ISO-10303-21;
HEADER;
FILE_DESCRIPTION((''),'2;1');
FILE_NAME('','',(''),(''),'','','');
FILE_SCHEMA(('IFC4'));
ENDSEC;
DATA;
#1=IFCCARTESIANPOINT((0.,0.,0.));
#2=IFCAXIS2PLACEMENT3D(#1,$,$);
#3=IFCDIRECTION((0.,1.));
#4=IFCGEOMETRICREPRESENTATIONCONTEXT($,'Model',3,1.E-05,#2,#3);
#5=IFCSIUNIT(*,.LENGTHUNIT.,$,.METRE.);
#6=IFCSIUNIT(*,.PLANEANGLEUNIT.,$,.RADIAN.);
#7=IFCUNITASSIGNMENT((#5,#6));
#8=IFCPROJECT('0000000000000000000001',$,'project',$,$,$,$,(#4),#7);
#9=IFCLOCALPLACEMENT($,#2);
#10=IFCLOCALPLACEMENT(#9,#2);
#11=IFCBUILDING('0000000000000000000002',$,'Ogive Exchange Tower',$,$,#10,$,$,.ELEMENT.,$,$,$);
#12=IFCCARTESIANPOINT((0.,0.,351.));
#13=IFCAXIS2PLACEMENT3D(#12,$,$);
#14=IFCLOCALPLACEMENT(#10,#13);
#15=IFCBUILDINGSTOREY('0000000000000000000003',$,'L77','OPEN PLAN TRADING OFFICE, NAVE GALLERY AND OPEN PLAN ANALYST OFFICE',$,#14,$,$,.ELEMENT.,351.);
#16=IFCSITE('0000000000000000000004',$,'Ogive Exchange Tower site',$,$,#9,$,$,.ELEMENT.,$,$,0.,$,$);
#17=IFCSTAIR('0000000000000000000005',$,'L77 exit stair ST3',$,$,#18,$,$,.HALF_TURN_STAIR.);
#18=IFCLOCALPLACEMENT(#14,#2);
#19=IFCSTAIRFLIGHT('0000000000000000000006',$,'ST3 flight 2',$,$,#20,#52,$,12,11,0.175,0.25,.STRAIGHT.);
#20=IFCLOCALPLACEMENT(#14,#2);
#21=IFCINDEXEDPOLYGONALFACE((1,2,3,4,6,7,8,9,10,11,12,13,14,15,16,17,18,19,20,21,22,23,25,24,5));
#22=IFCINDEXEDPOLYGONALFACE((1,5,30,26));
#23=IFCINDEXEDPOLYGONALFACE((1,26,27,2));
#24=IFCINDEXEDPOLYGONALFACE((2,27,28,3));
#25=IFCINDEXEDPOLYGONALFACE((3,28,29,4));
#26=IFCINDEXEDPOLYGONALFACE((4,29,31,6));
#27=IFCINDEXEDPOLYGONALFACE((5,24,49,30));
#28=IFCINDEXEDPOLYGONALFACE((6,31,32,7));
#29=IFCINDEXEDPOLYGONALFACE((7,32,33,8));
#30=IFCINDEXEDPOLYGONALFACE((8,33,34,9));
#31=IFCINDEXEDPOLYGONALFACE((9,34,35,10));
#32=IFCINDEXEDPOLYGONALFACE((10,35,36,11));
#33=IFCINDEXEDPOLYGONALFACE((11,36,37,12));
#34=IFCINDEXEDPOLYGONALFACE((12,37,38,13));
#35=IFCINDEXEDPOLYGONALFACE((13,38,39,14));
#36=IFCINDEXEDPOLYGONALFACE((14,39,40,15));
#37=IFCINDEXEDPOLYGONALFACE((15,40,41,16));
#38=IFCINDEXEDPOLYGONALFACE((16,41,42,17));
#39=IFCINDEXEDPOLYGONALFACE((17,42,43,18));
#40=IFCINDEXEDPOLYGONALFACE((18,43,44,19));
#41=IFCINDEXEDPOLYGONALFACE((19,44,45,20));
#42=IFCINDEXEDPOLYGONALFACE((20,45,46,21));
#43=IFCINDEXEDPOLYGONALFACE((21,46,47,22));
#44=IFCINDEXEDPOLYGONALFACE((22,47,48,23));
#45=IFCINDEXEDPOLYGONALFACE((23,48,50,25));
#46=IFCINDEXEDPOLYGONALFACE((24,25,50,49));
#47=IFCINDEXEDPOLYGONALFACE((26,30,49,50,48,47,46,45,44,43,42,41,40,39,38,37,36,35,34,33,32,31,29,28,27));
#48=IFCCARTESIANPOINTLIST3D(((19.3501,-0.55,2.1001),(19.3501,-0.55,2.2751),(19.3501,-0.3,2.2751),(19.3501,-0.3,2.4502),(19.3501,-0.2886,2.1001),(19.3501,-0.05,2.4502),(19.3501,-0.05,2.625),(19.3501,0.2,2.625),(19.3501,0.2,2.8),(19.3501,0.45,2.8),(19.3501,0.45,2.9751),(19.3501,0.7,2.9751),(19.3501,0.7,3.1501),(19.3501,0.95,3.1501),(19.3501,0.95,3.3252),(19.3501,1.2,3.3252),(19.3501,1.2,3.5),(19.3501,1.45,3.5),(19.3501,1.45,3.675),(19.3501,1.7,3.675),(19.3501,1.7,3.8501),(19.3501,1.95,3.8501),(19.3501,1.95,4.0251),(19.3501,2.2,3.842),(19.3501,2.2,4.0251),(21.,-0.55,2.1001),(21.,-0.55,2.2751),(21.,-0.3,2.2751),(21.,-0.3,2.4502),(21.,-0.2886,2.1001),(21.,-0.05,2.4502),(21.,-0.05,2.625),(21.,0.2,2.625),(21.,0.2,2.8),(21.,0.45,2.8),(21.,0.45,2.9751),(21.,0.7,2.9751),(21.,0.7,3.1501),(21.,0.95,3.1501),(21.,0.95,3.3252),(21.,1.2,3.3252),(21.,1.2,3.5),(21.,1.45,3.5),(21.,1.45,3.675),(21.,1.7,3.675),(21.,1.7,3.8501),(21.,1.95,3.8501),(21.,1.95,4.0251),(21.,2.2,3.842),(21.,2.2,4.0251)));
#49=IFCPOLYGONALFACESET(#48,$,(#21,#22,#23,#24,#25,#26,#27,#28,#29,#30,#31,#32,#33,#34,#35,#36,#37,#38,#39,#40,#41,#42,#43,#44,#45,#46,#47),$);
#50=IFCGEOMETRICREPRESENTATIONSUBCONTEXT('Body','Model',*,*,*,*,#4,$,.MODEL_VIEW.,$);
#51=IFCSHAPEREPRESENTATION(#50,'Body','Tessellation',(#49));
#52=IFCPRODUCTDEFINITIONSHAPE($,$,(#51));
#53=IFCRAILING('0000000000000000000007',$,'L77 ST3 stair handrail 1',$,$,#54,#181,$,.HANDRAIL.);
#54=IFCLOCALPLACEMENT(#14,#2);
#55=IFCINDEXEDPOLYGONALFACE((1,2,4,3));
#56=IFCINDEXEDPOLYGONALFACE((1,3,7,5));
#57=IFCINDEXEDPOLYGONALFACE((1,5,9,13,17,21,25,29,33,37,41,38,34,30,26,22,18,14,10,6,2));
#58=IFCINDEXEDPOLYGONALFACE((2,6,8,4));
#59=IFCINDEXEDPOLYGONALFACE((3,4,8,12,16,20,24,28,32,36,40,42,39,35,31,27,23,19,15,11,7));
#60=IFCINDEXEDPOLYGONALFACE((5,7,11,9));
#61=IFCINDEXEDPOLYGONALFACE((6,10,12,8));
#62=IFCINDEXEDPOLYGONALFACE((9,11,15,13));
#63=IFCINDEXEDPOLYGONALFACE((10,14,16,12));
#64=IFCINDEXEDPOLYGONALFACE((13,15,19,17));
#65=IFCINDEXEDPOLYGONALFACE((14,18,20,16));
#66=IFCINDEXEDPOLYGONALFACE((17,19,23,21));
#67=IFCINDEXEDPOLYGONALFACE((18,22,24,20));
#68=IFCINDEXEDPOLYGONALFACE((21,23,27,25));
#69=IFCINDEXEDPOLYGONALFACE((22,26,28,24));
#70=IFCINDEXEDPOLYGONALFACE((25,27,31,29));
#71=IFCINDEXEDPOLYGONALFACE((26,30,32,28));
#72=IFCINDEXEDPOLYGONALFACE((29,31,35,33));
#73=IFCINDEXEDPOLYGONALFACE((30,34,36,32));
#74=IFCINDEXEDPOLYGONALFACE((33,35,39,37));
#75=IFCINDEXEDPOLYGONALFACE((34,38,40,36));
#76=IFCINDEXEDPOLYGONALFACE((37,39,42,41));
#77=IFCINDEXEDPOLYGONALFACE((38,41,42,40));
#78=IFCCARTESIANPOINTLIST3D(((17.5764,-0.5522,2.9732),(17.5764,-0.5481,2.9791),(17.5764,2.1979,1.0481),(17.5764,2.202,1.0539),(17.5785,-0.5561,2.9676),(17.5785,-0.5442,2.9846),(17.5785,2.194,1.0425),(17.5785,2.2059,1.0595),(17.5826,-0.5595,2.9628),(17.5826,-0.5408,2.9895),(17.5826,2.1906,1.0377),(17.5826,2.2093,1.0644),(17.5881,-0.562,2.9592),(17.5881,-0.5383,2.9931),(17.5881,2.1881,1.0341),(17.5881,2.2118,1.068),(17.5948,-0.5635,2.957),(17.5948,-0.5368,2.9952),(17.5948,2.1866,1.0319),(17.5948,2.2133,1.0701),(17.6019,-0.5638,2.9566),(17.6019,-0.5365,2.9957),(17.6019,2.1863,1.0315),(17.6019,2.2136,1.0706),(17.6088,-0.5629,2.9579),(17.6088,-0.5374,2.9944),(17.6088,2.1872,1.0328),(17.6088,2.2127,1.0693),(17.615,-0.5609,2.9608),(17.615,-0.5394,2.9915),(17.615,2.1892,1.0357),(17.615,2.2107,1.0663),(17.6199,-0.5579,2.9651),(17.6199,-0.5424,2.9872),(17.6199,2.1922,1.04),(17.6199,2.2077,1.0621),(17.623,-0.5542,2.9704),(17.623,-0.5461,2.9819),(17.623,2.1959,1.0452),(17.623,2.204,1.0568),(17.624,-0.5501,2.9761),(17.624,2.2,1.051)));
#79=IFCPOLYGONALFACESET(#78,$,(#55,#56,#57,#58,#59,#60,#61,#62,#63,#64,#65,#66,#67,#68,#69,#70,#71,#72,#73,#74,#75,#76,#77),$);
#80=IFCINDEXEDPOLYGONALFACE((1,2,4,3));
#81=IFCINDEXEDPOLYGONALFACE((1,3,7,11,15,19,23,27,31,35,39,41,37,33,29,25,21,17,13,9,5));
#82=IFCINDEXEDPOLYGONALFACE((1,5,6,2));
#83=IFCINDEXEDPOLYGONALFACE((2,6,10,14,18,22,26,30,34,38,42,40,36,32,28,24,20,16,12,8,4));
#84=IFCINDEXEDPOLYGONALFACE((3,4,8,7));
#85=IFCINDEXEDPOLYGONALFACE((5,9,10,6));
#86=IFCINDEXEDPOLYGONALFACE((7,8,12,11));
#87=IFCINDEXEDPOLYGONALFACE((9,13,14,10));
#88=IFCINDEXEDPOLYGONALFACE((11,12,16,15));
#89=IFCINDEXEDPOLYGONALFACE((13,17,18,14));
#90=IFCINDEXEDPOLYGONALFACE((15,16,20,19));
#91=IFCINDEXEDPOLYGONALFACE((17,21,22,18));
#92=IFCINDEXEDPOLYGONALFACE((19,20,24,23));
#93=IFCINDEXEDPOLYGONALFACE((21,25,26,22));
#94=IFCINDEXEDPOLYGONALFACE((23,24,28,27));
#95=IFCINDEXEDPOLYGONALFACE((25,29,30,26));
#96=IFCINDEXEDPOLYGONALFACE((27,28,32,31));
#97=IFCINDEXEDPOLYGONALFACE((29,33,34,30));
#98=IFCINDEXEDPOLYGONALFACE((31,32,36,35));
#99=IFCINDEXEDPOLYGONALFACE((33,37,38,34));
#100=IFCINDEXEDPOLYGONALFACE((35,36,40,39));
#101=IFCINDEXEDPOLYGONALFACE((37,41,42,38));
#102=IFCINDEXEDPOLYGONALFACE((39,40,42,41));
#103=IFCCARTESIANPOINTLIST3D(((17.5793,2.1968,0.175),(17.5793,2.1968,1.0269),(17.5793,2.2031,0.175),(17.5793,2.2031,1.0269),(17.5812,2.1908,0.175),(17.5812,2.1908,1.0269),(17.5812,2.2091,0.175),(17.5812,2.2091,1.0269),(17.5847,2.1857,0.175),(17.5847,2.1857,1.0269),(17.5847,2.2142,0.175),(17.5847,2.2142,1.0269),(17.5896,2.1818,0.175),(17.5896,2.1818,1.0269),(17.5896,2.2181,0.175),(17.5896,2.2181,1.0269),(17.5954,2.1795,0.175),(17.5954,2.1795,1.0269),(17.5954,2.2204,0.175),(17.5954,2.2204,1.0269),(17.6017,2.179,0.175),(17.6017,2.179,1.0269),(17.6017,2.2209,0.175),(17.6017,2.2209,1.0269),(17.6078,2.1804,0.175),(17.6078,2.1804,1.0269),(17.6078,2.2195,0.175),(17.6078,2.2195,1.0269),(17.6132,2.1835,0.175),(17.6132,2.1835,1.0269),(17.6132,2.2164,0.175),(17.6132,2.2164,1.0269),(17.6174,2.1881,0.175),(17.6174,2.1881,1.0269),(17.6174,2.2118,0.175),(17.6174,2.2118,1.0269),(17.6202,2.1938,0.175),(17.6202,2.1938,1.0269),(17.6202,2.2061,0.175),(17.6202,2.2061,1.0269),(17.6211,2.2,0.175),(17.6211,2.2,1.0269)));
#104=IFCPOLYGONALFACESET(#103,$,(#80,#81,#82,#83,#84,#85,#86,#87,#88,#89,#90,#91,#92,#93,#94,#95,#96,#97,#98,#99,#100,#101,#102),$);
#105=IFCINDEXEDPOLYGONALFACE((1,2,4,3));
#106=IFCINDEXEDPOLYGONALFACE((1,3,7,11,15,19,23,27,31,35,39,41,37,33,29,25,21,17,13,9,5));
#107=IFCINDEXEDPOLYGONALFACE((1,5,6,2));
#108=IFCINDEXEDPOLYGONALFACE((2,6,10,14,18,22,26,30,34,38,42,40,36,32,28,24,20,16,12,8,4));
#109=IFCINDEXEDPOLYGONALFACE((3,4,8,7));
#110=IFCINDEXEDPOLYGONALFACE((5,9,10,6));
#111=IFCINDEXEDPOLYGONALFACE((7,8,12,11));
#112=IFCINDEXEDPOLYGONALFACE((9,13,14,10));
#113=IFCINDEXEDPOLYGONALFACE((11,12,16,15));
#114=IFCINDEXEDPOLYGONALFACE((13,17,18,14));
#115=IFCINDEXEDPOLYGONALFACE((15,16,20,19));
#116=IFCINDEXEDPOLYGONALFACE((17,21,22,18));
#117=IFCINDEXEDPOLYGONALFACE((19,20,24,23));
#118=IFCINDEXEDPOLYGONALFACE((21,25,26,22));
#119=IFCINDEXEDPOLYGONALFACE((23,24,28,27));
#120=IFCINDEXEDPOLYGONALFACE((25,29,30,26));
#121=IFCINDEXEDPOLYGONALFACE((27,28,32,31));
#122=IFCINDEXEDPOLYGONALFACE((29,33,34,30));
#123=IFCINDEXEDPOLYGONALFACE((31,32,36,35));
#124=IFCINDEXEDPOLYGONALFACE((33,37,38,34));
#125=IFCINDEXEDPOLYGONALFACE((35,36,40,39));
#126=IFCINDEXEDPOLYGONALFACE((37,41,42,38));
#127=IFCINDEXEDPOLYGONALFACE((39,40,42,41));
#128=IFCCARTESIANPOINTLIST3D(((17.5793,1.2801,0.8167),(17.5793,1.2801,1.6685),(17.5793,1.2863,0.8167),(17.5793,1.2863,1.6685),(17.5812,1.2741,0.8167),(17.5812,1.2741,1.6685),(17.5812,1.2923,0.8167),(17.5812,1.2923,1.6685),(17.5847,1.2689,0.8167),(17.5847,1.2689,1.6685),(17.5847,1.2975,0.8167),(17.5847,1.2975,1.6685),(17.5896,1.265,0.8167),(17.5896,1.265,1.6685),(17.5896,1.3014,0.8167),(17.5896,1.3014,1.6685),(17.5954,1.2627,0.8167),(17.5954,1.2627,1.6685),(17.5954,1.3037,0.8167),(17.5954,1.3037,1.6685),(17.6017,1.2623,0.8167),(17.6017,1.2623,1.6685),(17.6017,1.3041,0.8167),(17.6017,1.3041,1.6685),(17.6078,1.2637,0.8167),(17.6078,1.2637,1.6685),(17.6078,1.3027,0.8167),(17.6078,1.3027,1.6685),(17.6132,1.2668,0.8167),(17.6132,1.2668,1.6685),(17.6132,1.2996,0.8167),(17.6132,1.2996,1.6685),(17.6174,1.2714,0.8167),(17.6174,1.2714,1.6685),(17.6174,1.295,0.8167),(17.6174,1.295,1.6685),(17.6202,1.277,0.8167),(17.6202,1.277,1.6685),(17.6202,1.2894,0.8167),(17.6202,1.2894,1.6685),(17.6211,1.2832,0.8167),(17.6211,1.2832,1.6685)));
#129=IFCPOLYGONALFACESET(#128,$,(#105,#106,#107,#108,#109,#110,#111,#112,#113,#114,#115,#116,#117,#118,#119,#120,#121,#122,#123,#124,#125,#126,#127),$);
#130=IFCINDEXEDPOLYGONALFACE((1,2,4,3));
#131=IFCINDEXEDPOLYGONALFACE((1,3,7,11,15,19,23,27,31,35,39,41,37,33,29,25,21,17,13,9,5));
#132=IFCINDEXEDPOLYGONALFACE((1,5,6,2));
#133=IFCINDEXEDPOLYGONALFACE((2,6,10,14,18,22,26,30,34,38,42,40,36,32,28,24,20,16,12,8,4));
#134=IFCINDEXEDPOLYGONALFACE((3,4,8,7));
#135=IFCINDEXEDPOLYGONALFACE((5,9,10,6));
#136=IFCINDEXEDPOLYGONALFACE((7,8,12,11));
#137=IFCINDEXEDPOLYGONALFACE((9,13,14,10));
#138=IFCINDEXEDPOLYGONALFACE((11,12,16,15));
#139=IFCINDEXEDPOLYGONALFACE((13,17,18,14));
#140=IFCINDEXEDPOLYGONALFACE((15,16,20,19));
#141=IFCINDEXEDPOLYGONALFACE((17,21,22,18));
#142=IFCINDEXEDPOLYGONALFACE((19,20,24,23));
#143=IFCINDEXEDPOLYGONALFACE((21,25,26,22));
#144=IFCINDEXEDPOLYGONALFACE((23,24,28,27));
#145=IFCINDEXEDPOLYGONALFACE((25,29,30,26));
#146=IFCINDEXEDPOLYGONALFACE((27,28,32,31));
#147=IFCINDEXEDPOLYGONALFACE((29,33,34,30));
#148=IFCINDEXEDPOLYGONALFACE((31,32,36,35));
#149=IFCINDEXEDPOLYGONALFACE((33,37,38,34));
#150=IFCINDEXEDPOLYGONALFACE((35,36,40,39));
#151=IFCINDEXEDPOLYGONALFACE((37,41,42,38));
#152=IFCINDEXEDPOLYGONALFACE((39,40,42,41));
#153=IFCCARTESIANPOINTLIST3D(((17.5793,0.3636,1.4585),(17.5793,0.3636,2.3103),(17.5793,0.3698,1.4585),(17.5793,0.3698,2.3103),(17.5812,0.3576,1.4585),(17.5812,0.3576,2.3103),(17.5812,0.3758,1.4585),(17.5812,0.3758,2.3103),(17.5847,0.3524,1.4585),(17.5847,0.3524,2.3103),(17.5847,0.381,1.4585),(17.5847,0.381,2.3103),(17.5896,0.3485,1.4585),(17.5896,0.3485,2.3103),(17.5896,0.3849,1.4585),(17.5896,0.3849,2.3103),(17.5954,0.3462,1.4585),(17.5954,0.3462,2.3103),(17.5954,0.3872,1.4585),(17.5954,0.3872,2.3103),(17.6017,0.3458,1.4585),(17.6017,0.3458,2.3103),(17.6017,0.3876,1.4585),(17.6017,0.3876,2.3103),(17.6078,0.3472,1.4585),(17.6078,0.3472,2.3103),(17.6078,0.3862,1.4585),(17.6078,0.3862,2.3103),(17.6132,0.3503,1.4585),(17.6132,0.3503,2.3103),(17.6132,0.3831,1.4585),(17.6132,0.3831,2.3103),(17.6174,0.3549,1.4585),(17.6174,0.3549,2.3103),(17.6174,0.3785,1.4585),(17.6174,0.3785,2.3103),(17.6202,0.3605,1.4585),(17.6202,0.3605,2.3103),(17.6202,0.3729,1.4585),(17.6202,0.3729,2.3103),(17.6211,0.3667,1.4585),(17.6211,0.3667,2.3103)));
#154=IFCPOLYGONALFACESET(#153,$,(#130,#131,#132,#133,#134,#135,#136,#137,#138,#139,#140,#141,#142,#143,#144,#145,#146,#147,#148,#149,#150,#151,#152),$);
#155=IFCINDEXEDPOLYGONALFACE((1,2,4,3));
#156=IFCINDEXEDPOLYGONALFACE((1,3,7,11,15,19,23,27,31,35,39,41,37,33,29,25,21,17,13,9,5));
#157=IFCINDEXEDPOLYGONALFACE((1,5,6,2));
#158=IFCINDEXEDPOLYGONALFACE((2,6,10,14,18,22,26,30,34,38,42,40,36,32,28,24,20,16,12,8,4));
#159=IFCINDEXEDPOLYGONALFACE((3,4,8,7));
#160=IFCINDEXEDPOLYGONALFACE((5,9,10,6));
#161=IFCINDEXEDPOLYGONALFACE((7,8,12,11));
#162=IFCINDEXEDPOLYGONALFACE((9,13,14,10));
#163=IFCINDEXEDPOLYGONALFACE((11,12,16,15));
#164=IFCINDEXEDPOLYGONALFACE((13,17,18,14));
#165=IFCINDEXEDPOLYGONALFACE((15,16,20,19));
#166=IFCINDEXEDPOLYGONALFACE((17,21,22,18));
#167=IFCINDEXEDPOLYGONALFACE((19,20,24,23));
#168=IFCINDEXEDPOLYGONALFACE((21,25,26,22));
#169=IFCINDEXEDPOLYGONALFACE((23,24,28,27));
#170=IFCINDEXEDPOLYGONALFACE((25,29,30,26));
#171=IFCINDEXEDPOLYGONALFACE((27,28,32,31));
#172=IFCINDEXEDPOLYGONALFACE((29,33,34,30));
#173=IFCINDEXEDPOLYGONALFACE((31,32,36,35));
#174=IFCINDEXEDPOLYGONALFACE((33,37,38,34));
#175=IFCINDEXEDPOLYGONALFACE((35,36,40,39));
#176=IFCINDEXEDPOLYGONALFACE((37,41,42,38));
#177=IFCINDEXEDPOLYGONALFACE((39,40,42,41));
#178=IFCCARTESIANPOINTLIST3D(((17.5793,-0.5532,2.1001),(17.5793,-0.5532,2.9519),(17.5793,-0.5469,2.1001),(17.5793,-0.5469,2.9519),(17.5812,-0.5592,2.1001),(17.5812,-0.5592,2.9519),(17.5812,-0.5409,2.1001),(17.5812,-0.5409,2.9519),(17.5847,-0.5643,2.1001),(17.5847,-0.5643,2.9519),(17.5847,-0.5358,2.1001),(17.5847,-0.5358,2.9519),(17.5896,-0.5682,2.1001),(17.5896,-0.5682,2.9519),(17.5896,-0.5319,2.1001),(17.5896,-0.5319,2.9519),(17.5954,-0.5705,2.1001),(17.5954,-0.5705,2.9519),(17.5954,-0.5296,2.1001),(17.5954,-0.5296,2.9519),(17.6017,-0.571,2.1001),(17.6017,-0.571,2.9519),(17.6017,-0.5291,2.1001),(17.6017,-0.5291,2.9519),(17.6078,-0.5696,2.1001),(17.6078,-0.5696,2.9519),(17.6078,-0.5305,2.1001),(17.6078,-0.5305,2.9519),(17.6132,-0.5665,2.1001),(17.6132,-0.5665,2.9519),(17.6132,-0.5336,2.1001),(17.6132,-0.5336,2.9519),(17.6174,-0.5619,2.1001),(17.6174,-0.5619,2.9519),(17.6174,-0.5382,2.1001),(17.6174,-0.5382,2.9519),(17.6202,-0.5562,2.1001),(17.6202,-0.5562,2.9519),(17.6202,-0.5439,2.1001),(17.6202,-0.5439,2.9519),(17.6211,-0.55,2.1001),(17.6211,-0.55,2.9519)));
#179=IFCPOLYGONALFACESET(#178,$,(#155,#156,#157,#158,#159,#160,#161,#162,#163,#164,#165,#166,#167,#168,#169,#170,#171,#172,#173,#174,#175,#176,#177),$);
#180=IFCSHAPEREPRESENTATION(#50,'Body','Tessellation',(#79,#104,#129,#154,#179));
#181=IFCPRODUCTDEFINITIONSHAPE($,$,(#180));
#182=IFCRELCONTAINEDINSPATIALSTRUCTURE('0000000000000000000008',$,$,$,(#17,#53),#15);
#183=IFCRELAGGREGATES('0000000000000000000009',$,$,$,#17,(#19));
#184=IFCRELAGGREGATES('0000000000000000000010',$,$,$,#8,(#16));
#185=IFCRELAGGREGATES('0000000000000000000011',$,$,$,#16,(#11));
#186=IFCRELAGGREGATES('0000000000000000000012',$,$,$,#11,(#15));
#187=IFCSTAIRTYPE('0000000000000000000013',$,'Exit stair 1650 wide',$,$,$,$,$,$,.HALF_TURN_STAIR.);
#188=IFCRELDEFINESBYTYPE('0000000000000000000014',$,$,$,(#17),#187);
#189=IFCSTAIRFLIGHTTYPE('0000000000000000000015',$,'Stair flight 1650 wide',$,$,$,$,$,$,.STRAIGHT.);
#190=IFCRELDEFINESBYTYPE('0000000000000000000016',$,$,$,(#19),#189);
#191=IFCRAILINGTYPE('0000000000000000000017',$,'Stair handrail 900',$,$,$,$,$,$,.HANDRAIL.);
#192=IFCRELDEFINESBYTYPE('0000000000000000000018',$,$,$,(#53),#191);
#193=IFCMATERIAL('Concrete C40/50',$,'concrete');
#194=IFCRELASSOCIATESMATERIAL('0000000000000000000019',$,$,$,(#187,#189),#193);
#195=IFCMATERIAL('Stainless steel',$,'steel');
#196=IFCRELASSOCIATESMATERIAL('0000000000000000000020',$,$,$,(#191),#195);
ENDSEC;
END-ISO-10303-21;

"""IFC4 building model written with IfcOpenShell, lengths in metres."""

from ifc_helpers import new_model, si_unit, direction, frame, origin, origin_2d, place, context, subcontext, project, spatial, polyline, circle, outline, extrude, material, type_object, element, aggregate, save


model = new_model("IFC4")

# Units and contexts
model_context = context("Model", 3, precision=1e-05, world=origin(), true_north=direction((0.0, 1.0)))
body_context = subcontext(model_context, "Body", "Model", "MODEL_VIEW")
ifc_project = project(units=[si_unit("LENGTHUNIT", "METRE"), si_unit("PLANEANGLEUNIT", "RADIAN")], contexts=[model_context])

# Site, building, storey
site_placement = place(None, origin())
site = spatial("IfcSite", under=ifc_project, at=site_placement, Name="Ogive Exchange Tower site", CompositionType="ELEMENT", RefElevation=0.0)
building_placement = place(site_placement, origin())
building = spatial("IfcBuilding", under=site, at=building_placement, Name="Ogive Exchange Tower", CompositionType="ELEMENT")
storey_placement = place(building_placement, frame((0.0, 0.0, 351.0)))
storey = spatial("IfcBuildingStorey", under=building, at=storey_placement, Name="L77", Description="OPEN PLAN TRADING OFFICE, NAVE GALLERY AND OPEN PLAN ANALYST OFFICE", CompositionType="ELEMENT", Elevation=351.0)

# Shared definitions
ifc_material_1 = material(Name="Stainless steel", Category="steel")

# Stair, stair flight
ifc_material_2 = material(Name="Concrete C40/50", Category="concrete")
stair_type = type_object("IfcStairType", Name="Exit stair 1650 wide", PredefinedType="HALF_TURN_STAIR", material=ifc_material_2)
stair_placement = place(storey_placement, origin())
stair = element("IfcStair", 1, at=stair_placement, inside=storey, type_object=stair_type, Name="L77 exit stair ST3", PredefinedType="HALF_TURN_STAIR")
stair_flight_type = type_object("IfcStairFlightType", Name="Stair flight 1650 wide", PredefinedType="STRAIGHT", material=ifc_material_2)
stair_flight_1_placement = place(storey_placement, frame((20.175, -0.55, 2.1001), z_axis=(0.0, 0.0, 1.0), x_axis=(0.0, 1.0, 0.0)))
stair_flight_1 = element("IfcStairFlight", 2, at=stair_flight_1_placement, type_object=stair_flight_type, Name="ST3 flight 2", NumberOfRisers=12, NumberOfTreads=11, PredefinedType="STRAIGHT", RiserHeight=0.175, TreadLength=0.25, context=body_context, shape_type="SweptSolid", body=[
    extrude(outline(polyline([(0.0, 0.0), (0.0, 0.175), (0.25, 0.175), (0.25, 0.3501), (0.5, 0.3501), (0.5, 0.5249), (0.75, 0.5249), (0.75, 0.7), (1.0, 0.7), (1.0, 0.875), (1.25, 0.875), (1.25, 1.05), (1.5, 1.05), (1.5, 1.2251), (1.75, 1.2251), (1.75, 1.3999), (2.0, 1.3999), (2.0, 1.575), (2.25, 1.575), (2.25, 1.75), (2.5, 1.75), (2.5, 1.925), (2.75, 1.925), (2.75, 2.1001), (2.75, 1.7419), (0.2615, 0.0), (0.0, 0.0)])), frame((0.0, 0.825, 0.0), z_axis=(0.0, -1.0, 0.0), x_axis=(1.0, 0.0, 0.0)), (0.0, 0.0, 1.0), 1.6499),
])
aggregate(stair, [stair_flight_1])

# Railing
railing_type = type_object("IfcRailingType", Name="Stair handrail 900", PredefinedType="HANDRAIL", material=ifc_material_1)
railing_1_placement = place(storey_placement, frame((17.6001, 2.2, 0.175)))
element("IfcRailing", 3, at=railing_1_placement, inside=storey, type_object=railing_type, Name="L77 ST3 stair handrail 1", PredefinedType="HANDRAIL", context=body_context, shape_type="SweptSolid", body=[
    extrude(circle(Radius=0.0239, at=origin_2d()), frame((0.0, 0.0, 0.876), z_axis=(0.0, -0.819225, 0.573472), x_axis=(1.0, 0.0, 0.0)), (0.0, 0.0, 1.0), 3.3569),
    extrude(circle(Radius=0.021, at=origin_2d()), origin(), (0.0, 0.0, 1.0), 0.8518),
    extrude(circle(Radius=0.021, at=origin_2d()), frame((0.0, -0.9167, 0.6416)), (0.0, 0.0, 1.0), 0.8518),
    extrude(circle(Radius=0.021, at=origin_2d()), frame((0.0, -1.8333, 1.2834)), (0.0, 0.0, 1.0), 0.8518),
    extrude(circle(Radius=0.021, at=origin_2d()), frame((0.0, -2.75, 1.925)), (0.0, 0.0, 1.0), 0.8518),
])

save(model, "model.ifc")
